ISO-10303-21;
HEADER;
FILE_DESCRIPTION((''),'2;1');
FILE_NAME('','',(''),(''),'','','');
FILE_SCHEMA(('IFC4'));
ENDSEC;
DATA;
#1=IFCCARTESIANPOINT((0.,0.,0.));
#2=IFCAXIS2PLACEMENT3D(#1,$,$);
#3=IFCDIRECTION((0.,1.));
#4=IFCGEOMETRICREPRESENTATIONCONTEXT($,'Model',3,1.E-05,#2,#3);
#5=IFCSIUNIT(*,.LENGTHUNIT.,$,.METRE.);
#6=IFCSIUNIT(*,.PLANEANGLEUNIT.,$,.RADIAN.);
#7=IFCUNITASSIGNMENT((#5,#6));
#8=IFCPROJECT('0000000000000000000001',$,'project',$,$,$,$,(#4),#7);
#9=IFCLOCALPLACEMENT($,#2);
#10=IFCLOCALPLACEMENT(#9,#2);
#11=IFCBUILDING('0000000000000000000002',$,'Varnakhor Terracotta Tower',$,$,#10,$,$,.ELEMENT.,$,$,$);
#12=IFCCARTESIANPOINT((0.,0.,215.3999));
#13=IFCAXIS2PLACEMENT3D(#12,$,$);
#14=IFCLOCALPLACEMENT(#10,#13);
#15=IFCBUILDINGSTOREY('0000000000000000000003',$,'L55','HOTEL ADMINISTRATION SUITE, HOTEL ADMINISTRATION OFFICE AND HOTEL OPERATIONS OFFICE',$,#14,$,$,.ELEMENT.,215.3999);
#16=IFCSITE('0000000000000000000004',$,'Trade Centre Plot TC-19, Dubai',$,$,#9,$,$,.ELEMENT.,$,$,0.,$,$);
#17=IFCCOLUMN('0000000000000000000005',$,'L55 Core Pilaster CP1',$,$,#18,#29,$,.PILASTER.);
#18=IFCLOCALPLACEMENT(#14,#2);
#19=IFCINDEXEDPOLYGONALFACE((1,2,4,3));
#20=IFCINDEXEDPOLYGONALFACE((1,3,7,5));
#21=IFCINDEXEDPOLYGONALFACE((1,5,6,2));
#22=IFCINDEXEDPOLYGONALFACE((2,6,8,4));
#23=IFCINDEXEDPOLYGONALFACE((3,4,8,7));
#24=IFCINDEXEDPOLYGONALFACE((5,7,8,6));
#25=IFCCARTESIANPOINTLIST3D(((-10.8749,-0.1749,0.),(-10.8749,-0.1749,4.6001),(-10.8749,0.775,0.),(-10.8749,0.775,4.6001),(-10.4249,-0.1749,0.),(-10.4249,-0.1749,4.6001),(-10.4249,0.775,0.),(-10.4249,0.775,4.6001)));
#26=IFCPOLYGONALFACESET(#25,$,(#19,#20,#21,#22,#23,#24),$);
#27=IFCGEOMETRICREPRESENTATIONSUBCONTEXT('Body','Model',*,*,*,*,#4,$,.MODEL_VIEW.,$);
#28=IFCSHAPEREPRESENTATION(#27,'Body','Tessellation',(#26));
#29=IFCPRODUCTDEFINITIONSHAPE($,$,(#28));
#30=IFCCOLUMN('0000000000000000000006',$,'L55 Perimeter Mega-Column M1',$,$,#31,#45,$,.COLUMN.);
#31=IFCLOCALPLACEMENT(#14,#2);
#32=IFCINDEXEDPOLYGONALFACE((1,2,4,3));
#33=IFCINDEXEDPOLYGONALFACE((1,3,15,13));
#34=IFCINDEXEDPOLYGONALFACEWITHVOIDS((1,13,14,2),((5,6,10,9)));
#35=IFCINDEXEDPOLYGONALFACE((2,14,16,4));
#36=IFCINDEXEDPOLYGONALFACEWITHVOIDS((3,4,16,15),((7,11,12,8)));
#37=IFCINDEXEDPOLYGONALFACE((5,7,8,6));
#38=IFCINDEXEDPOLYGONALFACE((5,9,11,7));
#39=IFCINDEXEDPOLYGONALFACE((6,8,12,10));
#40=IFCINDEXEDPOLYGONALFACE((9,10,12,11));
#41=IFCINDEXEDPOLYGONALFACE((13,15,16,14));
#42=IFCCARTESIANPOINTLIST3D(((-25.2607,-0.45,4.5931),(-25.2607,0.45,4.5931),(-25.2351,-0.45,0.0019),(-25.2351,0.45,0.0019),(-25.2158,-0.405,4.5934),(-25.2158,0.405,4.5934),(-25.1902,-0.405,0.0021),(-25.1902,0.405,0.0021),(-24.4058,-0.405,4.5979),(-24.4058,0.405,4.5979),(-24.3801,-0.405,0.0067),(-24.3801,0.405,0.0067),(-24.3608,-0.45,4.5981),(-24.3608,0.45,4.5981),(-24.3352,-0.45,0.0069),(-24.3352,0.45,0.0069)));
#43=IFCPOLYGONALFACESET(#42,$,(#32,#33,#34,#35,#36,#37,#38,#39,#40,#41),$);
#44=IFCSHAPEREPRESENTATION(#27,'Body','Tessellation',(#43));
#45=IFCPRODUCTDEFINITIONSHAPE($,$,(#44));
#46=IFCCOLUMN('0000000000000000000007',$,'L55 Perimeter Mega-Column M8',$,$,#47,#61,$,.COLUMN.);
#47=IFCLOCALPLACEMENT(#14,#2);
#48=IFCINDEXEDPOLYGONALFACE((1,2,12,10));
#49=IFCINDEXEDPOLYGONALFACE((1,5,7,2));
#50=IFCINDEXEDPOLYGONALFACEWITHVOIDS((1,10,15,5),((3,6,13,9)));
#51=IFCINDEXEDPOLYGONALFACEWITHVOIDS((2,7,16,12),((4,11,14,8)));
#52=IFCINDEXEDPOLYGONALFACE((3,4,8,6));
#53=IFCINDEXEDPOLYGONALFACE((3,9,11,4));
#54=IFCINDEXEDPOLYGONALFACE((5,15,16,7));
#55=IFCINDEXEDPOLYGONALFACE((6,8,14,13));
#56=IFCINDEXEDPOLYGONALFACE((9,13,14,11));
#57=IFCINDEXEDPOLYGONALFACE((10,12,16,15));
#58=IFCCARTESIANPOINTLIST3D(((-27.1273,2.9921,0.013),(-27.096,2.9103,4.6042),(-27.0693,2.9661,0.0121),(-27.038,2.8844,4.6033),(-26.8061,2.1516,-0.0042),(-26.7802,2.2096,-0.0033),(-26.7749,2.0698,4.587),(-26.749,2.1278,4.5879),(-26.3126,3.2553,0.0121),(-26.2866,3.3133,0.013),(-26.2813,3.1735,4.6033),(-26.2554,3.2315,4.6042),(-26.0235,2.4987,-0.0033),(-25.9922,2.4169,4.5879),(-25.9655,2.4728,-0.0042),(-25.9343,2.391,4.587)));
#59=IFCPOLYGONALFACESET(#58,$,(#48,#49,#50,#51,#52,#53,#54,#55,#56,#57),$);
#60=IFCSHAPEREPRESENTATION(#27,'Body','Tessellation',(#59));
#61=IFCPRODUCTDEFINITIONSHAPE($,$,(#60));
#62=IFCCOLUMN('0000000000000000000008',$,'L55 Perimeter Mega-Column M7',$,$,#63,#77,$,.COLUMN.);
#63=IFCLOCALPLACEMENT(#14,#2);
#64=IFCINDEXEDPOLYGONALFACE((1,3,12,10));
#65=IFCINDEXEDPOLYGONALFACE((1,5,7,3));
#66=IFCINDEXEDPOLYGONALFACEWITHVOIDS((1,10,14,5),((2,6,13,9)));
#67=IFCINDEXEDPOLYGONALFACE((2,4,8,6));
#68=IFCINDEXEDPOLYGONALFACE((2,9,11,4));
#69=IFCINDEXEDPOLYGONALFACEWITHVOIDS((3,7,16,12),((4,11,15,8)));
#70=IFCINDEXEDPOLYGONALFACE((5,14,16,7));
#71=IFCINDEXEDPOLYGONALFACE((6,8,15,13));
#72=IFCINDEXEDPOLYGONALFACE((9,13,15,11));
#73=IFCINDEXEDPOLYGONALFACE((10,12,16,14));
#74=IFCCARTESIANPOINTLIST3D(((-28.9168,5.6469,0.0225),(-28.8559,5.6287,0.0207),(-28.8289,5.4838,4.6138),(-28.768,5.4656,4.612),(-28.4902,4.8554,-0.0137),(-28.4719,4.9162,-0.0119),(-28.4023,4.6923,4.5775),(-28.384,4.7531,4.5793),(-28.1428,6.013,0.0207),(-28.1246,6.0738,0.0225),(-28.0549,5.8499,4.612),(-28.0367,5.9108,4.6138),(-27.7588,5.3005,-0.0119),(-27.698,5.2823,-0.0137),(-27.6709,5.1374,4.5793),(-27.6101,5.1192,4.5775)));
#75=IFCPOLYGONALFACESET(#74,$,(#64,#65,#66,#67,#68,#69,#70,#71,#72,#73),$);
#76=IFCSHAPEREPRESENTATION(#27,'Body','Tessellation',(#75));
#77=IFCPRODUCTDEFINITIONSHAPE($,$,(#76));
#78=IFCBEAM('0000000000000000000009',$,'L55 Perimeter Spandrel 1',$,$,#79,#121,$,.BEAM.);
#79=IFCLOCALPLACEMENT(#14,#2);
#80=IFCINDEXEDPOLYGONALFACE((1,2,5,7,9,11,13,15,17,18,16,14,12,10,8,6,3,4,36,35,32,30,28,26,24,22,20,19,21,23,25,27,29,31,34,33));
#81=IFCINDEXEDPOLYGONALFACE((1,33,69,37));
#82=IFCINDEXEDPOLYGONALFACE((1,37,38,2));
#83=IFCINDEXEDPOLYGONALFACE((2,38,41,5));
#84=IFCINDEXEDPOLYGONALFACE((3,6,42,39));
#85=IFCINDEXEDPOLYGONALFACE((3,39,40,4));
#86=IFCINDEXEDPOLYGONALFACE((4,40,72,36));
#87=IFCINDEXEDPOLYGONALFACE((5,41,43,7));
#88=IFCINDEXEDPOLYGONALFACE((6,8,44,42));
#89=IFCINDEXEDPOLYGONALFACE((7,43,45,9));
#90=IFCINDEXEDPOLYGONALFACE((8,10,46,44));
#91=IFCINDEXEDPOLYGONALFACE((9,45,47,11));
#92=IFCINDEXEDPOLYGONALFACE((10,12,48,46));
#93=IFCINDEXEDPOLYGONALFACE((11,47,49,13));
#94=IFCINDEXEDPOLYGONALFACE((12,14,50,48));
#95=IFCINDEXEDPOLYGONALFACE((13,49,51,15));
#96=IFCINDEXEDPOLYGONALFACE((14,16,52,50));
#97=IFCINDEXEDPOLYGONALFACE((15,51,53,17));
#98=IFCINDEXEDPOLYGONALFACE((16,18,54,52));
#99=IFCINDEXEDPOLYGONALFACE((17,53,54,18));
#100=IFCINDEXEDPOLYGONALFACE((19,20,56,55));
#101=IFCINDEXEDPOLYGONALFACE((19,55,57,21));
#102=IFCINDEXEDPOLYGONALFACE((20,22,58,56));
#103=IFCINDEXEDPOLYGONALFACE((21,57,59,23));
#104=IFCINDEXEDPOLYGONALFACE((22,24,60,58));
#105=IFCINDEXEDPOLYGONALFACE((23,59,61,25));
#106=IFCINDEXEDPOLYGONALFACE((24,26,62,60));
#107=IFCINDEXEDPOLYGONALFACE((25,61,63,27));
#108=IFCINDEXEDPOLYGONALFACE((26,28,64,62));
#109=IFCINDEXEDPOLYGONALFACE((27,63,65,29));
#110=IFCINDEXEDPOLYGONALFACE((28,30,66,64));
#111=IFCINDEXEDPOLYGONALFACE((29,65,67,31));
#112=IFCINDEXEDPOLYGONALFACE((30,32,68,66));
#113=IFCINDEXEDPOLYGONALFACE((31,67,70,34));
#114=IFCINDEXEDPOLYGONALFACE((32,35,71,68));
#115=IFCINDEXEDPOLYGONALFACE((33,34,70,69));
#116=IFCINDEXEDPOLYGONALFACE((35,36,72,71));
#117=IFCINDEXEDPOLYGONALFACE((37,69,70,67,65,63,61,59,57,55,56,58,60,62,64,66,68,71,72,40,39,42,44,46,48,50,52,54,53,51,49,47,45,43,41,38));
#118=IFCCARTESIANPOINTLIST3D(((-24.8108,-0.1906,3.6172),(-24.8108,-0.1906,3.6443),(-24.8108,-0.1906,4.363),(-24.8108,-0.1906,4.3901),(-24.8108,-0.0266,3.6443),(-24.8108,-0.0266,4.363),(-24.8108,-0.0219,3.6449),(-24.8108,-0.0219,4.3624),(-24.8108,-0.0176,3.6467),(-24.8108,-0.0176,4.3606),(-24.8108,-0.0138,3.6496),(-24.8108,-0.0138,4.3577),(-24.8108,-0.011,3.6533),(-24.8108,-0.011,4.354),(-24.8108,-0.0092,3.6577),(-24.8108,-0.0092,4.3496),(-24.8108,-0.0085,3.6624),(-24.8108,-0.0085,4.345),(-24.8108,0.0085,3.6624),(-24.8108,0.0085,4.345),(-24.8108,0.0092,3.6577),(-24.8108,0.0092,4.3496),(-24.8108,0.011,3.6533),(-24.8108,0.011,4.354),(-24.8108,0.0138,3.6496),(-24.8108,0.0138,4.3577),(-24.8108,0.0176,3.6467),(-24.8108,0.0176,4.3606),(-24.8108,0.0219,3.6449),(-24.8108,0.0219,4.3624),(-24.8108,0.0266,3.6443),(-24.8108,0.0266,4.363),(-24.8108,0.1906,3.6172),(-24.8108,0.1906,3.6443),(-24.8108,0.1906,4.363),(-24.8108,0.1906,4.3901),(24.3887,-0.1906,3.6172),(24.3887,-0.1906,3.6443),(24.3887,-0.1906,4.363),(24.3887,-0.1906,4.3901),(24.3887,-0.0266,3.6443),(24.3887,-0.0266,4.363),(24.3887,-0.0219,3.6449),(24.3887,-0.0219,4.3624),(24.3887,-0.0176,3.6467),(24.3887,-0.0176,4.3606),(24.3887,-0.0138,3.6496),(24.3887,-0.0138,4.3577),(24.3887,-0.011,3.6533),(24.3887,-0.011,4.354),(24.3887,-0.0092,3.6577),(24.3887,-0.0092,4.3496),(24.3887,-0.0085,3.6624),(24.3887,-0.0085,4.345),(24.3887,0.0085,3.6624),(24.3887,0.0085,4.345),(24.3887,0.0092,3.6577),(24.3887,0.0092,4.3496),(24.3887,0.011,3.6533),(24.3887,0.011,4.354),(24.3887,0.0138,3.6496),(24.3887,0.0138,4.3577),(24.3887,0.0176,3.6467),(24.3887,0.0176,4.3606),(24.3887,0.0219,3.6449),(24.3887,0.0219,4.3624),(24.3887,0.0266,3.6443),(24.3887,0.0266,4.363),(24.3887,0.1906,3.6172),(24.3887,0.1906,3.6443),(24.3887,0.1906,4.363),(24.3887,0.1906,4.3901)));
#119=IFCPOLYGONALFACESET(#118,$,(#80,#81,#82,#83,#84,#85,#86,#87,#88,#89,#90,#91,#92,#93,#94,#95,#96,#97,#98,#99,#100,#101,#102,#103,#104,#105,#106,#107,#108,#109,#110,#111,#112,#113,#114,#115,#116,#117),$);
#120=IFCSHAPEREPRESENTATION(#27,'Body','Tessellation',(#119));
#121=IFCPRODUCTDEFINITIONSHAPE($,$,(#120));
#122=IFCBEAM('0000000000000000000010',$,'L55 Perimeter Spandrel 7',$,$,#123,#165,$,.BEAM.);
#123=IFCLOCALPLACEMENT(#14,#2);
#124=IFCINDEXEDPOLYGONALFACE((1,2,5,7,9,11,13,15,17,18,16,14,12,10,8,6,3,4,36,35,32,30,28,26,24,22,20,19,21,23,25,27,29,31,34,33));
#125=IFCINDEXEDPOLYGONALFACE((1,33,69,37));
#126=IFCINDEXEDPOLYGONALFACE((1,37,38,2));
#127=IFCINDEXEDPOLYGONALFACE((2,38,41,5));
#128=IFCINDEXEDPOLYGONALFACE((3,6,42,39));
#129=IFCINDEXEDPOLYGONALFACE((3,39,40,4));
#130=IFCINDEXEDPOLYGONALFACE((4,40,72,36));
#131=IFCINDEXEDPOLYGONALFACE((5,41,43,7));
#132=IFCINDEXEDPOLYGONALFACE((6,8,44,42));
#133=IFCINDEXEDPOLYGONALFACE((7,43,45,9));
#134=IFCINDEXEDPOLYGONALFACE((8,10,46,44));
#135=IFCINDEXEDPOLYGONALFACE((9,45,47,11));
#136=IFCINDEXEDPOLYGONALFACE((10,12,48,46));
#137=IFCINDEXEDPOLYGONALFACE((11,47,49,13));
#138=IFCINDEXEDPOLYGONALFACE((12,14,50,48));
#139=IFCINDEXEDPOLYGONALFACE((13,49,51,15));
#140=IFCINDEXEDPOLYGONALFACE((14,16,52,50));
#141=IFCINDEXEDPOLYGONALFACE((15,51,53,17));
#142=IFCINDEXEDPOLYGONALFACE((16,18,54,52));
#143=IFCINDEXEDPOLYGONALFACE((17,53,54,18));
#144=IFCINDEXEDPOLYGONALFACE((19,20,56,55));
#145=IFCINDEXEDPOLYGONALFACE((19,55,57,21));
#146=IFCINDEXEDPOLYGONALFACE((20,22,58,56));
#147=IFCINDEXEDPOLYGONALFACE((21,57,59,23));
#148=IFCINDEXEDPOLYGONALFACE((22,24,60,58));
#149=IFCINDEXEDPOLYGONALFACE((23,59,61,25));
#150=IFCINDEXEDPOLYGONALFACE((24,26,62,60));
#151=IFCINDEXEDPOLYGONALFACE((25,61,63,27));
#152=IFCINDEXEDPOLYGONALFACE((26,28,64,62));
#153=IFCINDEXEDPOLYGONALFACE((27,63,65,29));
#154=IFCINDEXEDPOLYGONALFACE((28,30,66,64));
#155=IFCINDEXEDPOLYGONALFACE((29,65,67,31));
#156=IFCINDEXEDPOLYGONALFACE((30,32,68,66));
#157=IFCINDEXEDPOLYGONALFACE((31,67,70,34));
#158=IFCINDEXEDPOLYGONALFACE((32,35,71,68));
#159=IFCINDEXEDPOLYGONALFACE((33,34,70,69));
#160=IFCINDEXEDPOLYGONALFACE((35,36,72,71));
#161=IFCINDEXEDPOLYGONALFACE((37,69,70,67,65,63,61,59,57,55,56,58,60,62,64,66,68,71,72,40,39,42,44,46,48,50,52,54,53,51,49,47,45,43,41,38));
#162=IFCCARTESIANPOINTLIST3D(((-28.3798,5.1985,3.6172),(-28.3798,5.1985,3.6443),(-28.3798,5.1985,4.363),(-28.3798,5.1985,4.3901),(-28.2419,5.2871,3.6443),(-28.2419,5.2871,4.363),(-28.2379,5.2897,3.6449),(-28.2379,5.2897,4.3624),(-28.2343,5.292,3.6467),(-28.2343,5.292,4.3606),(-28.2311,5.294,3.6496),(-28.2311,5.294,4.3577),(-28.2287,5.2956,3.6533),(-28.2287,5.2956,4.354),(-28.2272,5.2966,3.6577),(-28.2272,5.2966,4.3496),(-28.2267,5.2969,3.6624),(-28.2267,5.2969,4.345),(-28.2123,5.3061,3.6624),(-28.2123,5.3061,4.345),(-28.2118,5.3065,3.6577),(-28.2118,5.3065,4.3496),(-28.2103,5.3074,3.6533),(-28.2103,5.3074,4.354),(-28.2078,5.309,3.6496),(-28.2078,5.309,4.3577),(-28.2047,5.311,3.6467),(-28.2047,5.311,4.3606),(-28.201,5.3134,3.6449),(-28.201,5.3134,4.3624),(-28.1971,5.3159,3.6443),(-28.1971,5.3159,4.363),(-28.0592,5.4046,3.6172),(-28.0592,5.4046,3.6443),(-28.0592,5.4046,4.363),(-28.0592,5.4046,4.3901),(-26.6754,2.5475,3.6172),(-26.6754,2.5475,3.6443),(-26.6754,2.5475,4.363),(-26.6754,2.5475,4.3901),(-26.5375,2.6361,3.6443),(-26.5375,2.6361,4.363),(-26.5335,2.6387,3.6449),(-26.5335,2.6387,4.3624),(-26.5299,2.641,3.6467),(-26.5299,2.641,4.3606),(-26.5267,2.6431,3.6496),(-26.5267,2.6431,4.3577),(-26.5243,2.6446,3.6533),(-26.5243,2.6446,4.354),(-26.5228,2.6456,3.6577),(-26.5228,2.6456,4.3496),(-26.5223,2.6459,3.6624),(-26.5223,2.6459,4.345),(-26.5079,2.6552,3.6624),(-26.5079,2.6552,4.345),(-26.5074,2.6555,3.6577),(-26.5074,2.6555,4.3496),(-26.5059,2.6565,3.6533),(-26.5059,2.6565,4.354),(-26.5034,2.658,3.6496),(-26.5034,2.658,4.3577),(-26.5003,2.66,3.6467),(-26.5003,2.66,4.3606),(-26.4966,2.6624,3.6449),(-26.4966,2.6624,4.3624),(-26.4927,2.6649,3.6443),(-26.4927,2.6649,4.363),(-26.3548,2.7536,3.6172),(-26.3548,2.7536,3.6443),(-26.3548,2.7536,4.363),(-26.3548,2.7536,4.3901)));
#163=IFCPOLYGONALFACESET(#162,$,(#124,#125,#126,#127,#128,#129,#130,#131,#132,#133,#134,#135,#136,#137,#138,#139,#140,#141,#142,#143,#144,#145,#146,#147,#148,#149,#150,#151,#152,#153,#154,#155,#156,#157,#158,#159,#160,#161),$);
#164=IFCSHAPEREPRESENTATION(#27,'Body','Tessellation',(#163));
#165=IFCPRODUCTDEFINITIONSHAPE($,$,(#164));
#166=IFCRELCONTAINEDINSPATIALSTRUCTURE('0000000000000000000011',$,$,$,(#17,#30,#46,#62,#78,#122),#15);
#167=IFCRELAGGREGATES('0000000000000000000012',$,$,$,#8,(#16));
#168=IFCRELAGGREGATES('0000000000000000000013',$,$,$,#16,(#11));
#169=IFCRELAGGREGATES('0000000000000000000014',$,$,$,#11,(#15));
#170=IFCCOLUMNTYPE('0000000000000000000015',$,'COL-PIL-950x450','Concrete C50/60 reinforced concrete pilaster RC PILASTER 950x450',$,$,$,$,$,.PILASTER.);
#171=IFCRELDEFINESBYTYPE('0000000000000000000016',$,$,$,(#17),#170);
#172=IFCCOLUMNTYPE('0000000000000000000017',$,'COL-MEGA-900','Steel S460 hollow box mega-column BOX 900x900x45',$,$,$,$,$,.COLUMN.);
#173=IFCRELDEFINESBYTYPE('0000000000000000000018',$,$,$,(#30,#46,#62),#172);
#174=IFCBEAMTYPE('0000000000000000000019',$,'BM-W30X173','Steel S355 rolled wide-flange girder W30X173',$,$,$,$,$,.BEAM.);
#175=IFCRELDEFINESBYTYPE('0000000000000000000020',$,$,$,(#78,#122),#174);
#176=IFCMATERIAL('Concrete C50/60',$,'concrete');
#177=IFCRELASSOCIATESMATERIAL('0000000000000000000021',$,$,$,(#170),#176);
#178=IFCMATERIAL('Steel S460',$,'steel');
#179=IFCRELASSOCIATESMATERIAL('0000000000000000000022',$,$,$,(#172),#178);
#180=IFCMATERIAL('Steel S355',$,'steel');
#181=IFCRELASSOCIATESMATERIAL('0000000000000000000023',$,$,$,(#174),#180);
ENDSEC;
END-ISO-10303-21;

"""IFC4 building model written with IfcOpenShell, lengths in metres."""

from ifc_helpers import new_model, si_unit, direction, frame, origin, origin_2d, place, context, subcontext, project, spatial, rectangle, hollow_rectangle, i_section, extrude, source, transform, mapped, material, material_profile, profile_set, type_object, type_shapes, element, save


model = new_model("IFC4")

# Units and contexts
model_context = context("Model", 3, precision=1e-05, world=origin(), true_north=direction((0.0, 1.0)))
body_context = subcontext(model_context, "Body", "Model", "MODEL_VIEW")
ifc_project = project(units=[si_unit("LENGTHUNIT", "METRE"), si_unit("PLANEANGLEUNIT", "RADIAN")], contexts=[model_context])

# Site, building, storey
site_placement = place(None, origin())
site = spatial("IfcSite", under=ifc_project, at=site_placement, Name="Trade Centre Plot TC-19, Dubai", CompositionType="ELEMENT", RefElevation=0.0)
building_placement = place(site_placement, origin())
building = spatial("IfcBuilding", under=site, at=building_placement, Name="Varnakhor Terracotta Tower", CompositionType="ELEMENT")
storey_placement = place(building_placement, frame((0.0, 0.0, 215.3999)))
storey = spatial("IfcBuildingStorey", under=building, at=storey_placement, Name="L55", Description="HOTEL ADMINISTRATION SUITE, HOTEL ADMINISTRATION OFFICE AND HOTEL OPERATIONS OFFICE", CompositionType="ELEMENT", Elevation=215.3999)

# Columns
ifc_material_1 = material(Name="Concrete C50/60", Category="concrete")
ifc_material_profile_1 = material_profile(ifc_material_1, rectangle(XDim=0.45, YDim=0.95, at=origin_2d()), Name="RC PILASTER 950x450")
ifc_profile_set_1 = profile_set([ifc_material_profile_1], Name="Concrete C50/60")
column_type_1 = type_object("IfcColumnType", Name="COL-PIL-950x450", Description="Concrete C50/60 reinforced concrete pilaster RC PILASTER 950x450", PredefinedType="PILASTER", material=ifc_profile_set_1)
shared_shape_1 = source(origin(), body_context, "Body", "SweptSolid", [
    extrude(rectangle(XDim=0.45, YDim=0.95, at=origin_2d()), origin(), (0.0, 0.0, 1.0), 4.6001),
])
column_1_placement = place(storey_placement, frame((-10.6499, 0.3, 0.0), z_axis=(0.0, 0.0, 1.0), x_axis=(1.0, 0.0, 0.0)))
element("IfcColumn", 1, at=column_1_placement, inside=storey, type_object=column_type_1, Name="L55 Core Pilaster CP1", PredefinedType="PILASTER", context=body_context, shape_type="MappedRepresentation", body=[
    mapped(shared_shape_1, transform((0.0, 0.0, 0.0), scale=1.0)),
])
ifc_material_2 = material(Name="Steel S460", Category="steel")
ifc_material_profile_2 = material_profile(ifc_material_2, hollow_rectangle(XDim=0.8999, YDim=0.8999, WallThickness=0.0449, at=origin_2d()), Name="BOX 900x900x45")
ifc_profile_set_2 = profile_set([ifc_material_profile_2], Name="Steel S460")
column_type_2 = type_object("IfcColumnType", Name="COL-MEGA-900", Description="Steel S460 hollow box mega-column BOX 900x900x45", PredefinedType="COLUMN", material=ifc_profile_set_2)
shared_shape_2 = source(origin(), body_context, "Body", "SweptSolid", [
    extrude(hollow_rectangle(XDim=0.8999, YDim=0.8999, WallThickness=0.0449, at=origin_2d()), origin(), (0.0, 0.0, 1.0), 4.5913),
])
type_shapes(column_type_2, [shared_shape_2])
column_2_placement = place(storey_placement, frame((-24.7852, 0.0, 0.0044), z_axis=(-0.005583, 0.0, 0.999984), x_axis=(0.0, -1.0, 0.0)))
element("IfcColumn", 2, at=column_2_placement, inside=storey, type_object=column_type_2, Name="L55 Perimeter Mega-Column M1", PredefinedType="COLUMN", context=body_context, shape_type="MappedRepresentation", body=[
    mapped(shared_shape_2, transform((0.0, 0.0, 0.0), scale=1.0)),
])
shared_shape_3 = source(origin(), body_context, "Body", "SweptSolid", [
    extrude(hollow_rectangle(XDim=0.8999, YDim=0.8999, WallThickness=0.0449, at=origin_2d()), origin(), (0.0, 0.0, 1.0), 4.592),
])
column_3_placement = place(storey_placement, frame((-26.5464, 2.7324, 0.0044), z_axis=(0.006805, -0.01781, 0.999818), x_axis=(0.934134, 0.356923, 0.0)))
element("IfcColumn", 3, at=column_3_placement, inside=storey, type_object=column_type_2, Name="L55 Perimeter Mega-Column M8", PredefinedType="COLUMN", context=body_context, shape_type="MappedRepresentation", body=[
    mapped(shared_shape_3, transform((0.0, 0.0, 0.0), scale=1.0)),
])
shared_shape_4 = source(origin(), body_context, "Body", "SweptSolid", [
    extrude(hollow_rectangle(XDim=0.8999, YDim=0.8999, WallThickness=0.0449, at=origin_2d()), origin(), (0.0, 0.0, 1.0), 4.595),
])
column_4_placement = place(storey_placement, frame((-28.3074, 5.4646, 0.0044), z_axis=(0.019127, -0.035492, 0.999187), x_axis=(0.880302, 0.474414, 0.0)))
element("IfcColumn", 4, at=column_4_placement, inside=storey, type_object=column_type_2, Name="L55 Perimeter Mega-Column M7", PredefinedType="COLUMN", context=body_context, shape_type="MappedRepresentation", body=[
    mapped(shared_shape_4, transform((0.0, 0.0, 0.0), scale=1.0)),
])

# Beams
ifc_material_3 = material(Name="Steel S355", Category="steel")
ifc_material_profile_3 = material_profile(ifc_material_3, i_section(OverallWidth=0.3811, OverallDepth=0.7729, WebThickness=0.0171, FlangeThickness=0.0271, FilletRadius=0.0181, at=origin_2d()), Name="W30X173")
ifc_profile_set_3 = profile_set([ifc_material_profile_3], Name="Steel S355")
beam_type_1 = type_object("IfcBeamType", Name="BM-W30X173", Description="Steel S355 rolled wide-flange girder W30X173", PredefinedType="BEAM", material=ifc_profile_set_3)
shared_shape_5 = source(origin(), body_context, "Body", "SweptSolid", [
    extrude(i_section(OverallWidth=0.3811, OverallDepth=0.7729, WebThickness=0.0171, FlangeThickness=0.0271, FilletRadius=0.0181, at=origin_2d()), origin(), (0.0, 0.0, 1.0), 49.1995),
])
type_shapes(beam_type_1, [shared_shape_5])
beam_1_placement = place(storey_placement, frame((-24.8108, 0.0, 4.0037), z_axis=(1.0, 0.0, 0.0), x_axis=(0.0, 1.0, 0.0)))
element("IfcBeam", 5, at=beam_1_placement, inside=storey, type_object=beam_type_1, Name="L55 Perimeter Spandrel 1", PredefinedType="BEAM", context=body_context, shape_type="MappedRepresentation", body=[
    mapped(shared_shape_5, transform((0.0, 0.0, 0.0), scale=1.0)),
])
shared_shape_6 = source(origin(), body_context, "Body", "SweptSolid", [
    extrude(i_section(OverallWidth=0.3811, OverallDepth=0.7729, WebThickness=0.0171, FlangeThickness=0.0271, FilletRadius=0.0181, at=origin_2d()), origin(), (0.0, 0.0, 1.0), 3.1516),
])
beam_2_placement = place(storey_placement, frame((-28.2195, 5.3015, 4.0037), z_axis=(0.540805, -0.841148, 0.0), x_axis=(0.841148, 0.540805, 0.0)))
element("IfcBeam", 6, at=beam_2_placement, inside=storey, type_object=beam_type_1, Name="L55 Perimeter Spandrel 7", PredefinedType="BEAM", context=body_context, shape_type="MappedRepresentation", body=[
    mapped(shared_shape_6, transform((0.0, 0.0, 0.0), scale=1.0)),
])

save(model, "model.ifc")
